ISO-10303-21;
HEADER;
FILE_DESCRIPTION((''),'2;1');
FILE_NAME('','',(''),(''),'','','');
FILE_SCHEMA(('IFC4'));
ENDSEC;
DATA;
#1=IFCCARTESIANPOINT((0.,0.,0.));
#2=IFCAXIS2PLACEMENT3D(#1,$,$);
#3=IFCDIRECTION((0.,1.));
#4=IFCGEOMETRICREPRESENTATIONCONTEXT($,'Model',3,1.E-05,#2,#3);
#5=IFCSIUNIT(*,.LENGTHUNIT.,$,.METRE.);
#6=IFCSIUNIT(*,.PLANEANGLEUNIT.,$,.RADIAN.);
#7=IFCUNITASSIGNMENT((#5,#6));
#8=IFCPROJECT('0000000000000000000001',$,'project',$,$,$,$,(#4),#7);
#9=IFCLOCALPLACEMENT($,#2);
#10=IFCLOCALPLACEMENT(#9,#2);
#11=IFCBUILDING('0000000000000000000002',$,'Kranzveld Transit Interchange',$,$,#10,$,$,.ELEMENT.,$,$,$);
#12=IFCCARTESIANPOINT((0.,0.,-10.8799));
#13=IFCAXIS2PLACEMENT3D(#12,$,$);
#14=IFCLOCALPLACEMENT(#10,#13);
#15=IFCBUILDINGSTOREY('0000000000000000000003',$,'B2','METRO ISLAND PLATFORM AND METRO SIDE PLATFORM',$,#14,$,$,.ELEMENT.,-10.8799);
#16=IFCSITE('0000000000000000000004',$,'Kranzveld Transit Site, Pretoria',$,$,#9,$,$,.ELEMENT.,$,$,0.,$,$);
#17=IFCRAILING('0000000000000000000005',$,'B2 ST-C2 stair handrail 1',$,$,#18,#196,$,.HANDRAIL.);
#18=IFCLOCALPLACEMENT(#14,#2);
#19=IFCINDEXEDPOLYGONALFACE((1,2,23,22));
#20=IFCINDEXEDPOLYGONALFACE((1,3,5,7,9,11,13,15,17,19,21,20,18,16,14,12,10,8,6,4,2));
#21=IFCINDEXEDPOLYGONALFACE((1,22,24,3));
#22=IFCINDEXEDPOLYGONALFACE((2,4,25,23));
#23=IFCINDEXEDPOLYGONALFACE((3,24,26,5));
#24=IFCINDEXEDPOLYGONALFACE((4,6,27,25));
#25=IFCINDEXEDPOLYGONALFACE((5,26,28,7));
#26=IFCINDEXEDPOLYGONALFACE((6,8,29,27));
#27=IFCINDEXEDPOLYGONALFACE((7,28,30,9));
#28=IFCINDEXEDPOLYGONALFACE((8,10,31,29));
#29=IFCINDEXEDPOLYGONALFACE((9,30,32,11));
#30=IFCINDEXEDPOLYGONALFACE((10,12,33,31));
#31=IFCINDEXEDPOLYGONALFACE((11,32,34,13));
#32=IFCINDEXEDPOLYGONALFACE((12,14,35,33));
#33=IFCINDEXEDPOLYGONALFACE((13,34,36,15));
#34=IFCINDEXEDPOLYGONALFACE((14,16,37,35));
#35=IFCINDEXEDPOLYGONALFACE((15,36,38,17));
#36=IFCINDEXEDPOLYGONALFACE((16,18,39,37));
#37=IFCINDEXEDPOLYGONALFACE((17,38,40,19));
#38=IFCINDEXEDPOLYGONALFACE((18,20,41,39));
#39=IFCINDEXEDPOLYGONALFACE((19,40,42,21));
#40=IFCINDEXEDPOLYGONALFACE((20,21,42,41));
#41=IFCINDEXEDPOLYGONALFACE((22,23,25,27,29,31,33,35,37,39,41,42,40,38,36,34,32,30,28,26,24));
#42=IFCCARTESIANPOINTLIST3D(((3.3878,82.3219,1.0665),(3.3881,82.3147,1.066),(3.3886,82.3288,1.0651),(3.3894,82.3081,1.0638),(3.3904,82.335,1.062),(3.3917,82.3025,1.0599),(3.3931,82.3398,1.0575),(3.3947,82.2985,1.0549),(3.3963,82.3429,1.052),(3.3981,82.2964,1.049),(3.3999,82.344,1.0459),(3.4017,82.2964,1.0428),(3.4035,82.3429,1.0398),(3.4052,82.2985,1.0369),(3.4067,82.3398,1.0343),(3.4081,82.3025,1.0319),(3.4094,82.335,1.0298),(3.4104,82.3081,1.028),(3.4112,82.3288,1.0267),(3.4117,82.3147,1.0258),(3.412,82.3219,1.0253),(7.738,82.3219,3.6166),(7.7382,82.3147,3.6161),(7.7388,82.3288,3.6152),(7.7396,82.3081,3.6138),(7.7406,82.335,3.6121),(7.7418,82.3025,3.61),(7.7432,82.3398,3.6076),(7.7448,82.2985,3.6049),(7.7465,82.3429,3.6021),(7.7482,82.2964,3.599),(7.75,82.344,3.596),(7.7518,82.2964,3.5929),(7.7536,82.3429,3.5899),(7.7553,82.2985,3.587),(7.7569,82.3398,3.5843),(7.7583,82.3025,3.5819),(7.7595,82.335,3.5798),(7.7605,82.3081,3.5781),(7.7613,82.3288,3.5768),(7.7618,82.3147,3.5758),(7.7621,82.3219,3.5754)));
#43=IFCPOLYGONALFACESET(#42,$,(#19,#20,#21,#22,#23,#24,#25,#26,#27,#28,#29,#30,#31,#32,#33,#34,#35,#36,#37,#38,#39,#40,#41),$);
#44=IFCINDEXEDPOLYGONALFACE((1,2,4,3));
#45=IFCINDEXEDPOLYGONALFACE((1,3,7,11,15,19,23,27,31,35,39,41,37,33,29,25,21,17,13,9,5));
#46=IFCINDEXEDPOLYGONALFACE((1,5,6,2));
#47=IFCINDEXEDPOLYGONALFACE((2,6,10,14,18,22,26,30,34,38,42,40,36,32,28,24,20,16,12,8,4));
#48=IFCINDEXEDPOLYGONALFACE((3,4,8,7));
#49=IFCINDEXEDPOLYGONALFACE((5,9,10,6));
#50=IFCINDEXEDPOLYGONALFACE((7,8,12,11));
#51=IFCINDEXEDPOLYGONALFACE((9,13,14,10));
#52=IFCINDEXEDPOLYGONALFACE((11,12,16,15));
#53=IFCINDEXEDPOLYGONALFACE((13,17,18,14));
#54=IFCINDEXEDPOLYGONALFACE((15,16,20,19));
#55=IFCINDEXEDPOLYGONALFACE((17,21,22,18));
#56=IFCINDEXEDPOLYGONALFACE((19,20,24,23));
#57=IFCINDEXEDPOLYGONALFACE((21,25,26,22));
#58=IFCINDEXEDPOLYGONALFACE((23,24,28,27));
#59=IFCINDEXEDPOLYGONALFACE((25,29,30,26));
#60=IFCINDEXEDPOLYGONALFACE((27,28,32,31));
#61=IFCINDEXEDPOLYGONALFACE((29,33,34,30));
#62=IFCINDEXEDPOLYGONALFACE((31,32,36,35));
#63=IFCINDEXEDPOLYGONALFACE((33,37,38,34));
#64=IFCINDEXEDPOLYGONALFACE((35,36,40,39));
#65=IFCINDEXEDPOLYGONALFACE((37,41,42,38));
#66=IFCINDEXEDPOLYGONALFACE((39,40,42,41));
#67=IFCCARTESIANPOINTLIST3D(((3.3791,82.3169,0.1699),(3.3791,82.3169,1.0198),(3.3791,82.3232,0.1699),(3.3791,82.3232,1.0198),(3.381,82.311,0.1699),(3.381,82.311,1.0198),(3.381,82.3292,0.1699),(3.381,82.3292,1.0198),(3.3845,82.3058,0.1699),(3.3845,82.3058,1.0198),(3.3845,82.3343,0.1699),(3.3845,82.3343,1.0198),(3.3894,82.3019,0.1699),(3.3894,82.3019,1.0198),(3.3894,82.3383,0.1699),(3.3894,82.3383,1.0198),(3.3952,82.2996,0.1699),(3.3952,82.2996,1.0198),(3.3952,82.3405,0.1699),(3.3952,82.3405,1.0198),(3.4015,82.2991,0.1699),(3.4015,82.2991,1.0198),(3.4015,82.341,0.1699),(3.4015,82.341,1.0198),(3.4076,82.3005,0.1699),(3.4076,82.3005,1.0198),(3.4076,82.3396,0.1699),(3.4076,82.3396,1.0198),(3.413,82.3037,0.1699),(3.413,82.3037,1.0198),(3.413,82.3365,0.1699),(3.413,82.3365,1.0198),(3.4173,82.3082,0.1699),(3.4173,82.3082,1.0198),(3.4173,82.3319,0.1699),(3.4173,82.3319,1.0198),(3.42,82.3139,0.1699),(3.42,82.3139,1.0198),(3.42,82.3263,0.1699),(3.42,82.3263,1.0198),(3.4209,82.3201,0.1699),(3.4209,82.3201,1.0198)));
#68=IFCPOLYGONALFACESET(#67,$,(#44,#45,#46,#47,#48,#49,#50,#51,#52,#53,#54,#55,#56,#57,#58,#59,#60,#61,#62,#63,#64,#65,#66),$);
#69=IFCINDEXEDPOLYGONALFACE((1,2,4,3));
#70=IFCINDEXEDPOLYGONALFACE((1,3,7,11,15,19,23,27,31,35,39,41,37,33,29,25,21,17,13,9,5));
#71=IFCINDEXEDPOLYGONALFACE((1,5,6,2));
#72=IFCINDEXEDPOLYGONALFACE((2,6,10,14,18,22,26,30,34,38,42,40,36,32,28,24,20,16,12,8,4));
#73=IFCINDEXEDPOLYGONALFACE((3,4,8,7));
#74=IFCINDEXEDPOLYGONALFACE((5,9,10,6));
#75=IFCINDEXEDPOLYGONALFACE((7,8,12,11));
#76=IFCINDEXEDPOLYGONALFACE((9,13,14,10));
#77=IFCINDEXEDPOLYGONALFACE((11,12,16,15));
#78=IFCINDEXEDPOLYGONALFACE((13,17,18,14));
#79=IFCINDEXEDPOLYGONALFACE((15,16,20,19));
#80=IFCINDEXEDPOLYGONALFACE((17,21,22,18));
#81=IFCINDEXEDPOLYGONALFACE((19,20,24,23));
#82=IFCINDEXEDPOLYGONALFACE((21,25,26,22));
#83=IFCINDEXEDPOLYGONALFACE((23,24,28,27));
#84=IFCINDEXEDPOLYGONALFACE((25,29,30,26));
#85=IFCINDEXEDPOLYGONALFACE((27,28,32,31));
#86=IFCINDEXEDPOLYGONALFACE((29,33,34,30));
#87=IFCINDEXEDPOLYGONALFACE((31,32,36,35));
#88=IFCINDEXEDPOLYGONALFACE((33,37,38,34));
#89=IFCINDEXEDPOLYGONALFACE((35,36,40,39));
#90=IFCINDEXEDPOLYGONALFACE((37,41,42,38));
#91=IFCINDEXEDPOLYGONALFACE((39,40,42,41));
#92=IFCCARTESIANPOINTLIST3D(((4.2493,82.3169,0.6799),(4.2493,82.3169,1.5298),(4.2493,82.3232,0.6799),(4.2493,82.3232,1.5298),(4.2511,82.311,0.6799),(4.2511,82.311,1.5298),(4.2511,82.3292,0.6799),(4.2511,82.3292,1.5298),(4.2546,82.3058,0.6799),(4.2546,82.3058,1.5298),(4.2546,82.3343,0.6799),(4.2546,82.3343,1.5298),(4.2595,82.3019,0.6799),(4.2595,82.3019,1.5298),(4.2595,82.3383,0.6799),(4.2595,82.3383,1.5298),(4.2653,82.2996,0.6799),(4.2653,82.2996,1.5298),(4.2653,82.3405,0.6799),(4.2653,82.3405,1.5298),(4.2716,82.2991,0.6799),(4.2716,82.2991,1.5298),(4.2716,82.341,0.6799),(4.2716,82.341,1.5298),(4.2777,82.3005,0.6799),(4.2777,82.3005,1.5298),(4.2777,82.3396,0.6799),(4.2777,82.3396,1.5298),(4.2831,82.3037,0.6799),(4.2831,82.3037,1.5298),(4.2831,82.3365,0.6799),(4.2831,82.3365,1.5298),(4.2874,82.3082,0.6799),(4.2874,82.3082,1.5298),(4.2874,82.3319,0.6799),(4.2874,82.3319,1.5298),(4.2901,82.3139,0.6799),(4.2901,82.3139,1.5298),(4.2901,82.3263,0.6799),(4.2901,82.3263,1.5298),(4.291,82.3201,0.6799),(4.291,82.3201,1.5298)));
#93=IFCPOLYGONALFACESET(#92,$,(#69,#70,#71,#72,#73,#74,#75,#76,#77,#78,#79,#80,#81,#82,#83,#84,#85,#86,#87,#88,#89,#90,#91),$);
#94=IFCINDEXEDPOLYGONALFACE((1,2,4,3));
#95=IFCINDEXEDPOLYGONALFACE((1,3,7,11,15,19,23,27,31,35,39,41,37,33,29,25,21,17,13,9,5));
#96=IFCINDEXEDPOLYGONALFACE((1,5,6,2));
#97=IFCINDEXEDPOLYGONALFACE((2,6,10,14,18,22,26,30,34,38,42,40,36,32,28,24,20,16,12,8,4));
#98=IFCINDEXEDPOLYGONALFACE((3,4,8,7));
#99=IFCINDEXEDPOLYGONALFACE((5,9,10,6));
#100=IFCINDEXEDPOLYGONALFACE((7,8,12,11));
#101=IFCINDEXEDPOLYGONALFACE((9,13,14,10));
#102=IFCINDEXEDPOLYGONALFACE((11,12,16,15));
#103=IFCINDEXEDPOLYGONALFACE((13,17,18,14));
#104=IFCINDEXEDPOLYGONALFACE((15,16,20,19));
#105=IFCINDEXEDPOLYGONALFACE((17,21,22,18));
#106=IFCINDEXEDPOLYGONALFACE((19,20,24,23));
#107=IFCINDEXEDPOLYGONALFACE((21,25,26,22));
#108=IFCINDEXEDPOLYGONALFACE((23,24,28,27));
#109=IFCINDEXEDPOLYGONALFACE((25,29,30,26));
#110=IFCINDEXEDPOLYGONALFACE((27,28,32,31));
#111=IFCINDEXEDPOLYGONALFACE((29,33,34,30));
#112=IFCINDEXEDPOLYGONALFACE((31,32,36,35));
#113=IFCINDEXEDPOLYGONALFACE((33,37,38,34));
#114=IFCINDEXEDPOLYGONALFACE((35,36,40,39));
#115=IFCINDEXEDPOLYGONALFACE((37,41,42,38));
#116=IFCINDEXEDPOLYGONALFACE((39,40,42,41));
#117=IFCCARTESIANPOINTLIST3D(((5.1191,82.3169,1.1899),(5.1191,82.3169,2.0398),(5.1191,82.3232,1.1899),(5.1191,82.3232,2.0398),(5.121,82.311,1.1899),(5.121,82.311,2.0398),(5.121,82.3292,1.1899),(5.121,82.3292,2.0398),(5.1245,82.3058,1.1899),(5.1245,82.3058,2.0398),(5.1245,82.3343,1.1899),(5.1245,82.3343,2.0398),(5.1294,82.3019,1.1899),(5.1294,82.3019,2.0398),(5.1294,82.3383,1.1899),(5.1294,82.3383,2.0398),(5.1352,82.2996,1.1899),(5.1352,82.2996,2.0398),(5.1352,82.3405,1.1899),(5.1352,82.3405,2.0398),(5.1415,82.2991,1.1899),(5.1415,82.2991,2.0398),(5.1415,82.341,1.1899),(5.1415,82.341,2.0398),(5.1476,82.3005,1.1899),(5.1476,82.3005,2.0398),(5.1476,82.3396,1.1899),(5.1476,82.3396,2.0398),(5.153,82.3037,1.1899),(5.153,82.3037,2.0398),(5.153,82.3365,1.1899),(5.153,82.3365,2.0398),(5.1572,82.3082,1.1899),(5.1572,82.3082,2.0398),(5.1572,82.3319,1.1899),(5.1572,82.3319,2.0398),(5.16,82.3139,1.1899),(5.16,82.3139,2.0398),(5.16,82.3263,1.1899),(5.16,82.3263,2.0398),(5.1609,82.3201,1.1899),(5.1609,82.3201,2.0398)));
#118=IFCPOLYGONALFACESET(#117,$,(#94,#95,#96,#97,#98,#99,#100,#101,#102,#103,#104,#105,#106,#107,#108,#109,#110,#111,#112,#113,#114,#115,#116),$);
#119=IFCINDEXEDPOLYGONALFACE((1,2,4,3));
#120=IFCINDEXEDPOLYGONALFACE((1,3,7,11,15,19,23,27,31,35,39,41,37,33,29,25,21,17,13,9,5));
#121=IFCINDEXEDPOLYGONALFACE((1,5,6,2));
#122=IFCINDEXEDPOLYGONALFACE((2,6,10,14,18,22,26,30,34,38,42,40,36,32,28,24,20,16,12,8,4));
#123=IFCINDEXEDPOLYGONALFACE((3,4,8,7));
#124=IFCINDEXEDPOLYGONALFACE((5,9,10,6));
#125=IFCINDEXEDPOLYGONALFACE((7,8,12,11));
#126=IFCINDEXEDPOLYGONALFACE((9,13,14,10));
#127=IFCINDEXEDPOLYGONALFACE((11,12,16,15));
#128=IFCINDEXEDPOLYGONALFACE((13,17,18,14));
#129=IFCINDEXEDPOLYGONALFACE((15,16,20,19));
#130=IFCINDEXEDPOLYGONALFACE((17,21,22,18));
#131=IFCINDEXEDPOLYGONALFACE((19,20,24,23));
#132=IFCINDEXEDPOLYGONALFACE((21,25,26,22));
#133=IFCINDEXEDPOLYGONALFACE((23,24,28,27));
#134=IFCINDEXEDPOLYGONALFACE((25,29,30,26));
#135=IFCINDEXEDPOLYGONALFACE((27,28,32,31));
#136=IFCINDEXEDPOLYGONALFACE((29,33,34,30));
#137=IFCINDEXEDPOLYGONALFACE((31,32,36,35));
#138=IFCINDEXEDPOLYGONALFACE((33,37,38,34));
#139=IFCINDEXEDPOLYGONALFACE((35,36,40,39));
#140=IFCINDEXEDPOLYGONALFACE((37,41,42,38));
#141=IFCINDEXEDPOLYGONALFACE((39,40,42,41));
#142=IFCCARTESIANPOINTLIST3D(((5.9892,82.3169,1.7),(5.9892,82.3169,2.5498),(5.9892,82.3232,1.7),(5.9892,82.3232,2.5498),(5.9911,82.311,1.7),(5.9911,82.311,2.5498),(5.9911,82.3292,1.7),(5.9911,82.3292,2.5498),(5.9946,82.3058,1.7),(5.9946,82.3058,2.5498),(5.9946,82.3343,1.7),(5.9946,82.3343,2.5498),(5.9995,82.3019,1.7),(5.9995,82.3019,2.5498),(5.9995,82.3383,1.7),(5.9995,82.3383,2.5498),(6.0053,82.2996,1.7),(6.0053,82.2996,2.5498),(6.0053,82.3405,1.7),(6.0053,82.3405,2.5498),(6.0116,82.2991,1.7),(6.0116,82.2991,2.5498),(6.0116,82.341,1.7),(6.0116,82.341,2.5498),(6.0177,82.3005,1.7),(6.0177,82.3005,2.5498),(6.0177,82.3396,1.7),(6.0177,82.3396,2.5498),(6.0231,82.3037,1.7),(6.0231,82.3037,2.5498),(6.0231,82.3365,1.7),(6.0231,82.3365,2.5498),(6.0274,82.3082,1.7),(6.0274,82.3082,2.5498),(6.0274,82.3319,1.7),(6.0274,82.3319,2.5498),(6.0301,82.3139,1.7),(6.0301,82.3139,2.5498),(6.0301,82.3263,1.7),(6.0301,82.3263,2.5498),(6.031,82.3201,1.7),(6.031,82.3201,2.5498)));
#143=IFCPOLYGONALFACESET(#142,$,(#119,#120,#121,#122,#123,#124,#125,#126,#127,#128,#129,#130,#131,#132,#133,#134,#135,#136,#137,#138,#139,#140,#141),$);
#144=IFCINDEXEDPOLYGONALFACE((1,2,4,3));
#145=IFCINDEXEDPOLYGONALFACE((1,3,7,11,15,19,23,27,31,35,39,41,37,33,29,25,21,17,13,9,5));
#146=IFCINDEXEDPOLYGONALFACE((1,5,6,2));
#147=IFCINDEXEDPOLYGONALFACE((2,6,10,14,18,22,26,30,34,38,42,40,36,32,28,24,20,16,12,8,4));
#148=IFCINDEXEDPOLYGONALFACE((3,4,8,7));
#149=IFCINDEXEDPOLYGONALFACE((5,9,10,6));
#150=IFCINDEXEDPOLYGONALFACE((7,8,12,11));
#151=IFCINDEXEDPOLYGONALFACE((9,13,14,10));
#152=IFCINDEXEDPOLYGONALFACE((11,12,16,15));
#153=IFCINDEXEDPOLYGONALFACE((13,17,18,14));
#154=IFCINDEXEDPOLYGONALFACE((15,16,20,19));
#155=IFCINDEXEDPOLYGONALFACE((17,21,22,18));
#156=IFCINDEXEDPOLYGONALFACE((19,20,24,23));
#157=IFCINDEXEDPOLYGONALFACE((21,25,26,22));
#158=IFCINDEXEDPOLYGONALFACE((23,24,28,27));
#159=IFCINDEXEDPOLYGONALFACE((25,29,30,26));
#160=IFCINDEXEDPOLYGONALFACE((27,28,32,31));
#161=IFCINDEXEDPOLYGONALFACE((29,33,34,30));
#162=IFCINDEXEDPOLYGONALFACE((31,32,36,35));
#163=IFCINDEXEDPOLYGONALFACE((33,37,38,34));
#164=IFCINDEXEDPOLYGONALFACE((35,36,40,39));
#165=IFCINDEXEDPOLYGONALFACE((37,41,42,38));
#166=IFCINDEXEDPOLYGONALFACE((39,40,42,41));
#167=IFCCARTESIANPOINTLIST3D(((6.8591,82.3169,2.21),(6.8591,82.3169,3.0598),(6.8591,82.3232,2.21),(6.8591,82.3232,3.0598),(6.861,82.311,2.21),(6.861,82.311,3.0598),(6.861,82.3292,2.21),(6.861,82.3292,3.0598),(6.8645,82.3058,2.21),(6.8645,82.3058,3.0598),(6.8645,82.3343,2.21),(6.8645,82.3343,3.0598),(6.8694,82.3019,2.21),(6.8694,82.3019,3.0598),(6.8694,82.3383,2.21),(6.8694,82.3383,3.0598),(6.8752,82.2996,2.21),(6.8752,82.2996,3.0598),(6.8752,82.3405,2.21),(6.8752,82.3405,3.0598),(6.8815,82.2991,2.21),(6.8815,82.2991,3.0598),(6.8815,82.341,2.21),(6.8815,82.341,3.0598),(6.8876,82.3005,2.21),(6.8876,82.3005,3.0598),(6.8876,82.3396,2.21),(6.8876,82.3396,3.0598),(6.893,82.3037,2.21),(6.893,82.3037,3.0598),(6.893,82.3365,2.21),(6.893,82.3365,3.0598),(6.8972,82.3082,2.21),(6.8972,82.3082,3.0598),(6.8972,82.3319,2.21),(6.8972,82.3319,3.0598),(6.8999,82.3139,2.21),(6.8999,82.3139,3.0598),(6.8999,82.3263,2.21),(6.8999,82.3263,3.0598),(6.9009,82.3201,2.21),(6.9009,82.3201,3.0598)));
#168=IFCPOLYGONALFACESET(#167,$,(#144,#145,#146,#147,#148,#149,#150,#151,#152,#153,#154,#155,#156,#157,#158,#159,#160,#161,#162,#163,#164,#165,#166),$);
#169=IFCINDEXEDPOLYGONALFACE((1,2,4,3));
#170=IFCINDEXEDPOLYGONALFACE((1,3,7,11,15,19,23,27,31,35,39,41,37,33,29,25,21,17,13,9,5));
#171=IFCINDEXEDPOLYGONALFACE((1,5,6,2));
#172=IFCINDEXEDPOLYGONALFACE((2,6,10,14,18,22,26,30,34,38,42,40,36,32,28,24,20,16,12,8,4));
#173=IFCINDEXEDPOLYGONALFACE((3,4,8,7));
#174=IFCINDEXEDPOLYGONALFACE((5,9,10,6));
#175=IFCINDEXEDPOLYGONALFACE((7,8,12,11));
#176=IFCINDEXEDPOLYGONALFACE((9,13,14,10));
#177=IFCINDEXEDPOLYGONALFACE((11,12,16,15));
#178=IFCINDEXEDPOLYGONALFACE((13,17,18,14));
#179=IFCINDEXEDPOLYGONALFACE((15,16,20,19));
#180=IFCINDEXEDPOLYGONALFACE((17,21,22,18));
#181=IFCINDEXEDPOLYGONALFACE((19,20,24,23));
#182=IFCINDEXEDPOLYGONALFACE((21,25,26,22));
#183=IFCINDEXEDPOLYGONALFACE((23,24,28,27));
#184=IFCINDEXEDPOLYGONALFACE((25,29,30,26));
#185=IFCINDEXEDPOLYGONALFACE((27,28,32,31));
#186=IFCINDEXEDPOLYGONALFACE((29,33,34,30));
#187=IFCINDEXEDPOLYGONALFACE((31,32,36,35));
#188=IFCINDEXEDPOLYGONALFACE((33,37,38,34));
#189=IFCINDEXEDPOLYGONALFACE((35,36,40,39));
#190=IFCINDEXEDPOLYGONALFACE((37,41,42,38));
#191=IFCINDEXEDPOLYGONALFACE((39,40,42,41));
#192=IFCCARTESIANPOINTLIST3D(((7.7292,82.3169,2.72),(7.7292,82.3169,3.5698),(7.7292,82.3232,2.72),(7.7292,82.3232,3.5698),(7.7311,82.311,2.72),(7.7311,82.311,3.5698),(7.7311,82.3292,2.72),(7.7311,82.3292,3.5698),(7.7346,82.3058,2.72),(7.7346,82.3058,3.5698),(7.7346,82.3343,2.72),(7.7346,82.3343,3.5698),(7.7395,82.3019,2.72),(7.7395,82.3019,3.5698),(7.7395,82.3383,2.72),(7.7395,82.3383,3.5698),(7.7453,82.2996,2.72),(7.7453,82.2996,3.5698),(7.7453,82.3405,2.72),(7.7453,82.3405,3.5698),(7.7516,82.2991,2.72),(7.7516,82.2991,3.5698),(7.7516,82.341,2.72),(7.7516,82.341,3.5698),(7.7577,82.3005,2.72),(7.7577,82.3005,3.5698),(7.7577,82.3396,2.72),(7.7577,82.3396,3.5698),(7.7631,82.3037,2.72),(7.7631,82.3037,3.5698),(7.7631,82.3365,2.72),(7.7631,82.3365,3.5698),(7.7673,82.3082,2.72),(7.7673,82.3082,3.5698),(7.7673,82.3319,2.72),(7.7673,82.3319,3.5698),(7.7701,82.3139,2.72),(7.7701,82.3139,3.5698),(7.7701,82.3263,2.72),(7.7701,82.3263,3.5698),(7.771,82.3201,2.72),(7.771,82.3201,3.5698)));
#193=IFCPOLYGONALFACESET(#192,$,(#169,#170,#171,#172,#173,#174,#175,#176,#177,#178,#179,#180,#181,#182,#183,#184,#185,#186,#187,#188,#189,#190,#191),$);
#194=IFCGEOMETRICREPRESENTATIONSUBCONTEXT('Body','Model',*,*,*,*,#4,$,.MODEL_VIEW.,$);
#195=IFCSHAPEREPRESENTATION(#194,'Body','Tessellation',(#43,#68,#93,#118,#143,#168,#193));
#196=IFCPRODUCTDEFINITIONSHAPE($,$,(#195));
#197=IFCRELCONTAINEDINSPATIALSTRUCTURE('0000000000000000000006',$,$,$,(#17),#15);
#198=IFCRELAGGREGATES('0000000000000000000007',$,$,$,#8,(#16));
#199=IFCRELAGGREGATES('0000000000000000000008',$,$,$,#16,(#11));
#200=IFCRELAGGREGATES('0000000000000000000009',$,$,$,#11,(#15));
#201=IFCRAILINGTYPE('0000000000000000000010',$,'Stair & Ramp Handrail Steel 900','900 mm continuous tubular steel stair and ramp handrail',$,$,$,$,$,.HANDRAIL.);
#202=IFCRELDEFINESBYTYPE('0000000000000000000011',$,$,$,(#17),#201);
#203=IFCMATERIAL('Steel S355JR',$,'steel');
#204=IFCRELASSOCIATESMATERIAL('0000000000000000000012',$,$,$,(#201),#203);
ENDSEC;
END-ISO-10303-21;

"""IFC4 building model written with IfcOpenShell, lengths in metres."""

from ifc_helpers import new_model, si_unit, direction, frame, origin, origin_2d, place, context, subcontext, project, spatial, circle, extrude, material, type_object, element, save


model = new_model("IFC4")

# Units and contexts
model_context = context("Model", 3, precision=1e-05, world=origin(), true_north=direction((0.0, 1.0)))
body_context = subcontext(model_context, "Body", "Model", "MODEL_VIEW")
ifc_project = project(units=[si_unit("LENGTHUNIT", "METRE"), si_unit("PLANEANGLEUNIT", "RADIAN")], contexts=[model_context])

# Site, building, storey
site_placement = place(None, origin())
site = spatial("IfcSite", under=ifc_project, at=site_placement, Name="Kranzveld Transit Site, Pretoria", CompositionType="ELEMENT", RefElevation=0.0)
building_placement = place(site_placement, origin())
building = spatial("IfcBuilding", under=site, at=building_placement, Name="Kranzveld Transit Interchange", CompositionType="ELEMENT")
storey_placement = place(building_placement, frame((0.0, 0.0, -10.8799)))
storey = spatial("IfcBuildingStorey", under=building, at=storey_placement, Name="B2", Description="METRO ISLAND PLATFORM AND METRO SIDE PLATFORM", CompositionType="ELEMENT", Elevation=-10.8799)

# Railing
ifc_material_1 = material(Name="Steel S355JR", Category="steel")
railing_type_1 = type_object("IfcRailingType", Name="Stair & Ramp Handrail Steel 900", Description="900 mm continuous tubular steel stair and ramp handrail", PredefinedType="HANDRAIL", material=ifc_material_1)
railing_1_placement = place(storey_placement, frame((3.3999, 82.3201, 0.1699)))
element("IfcRailing", 1, at=railing_1_placement, inside=storey, type_object=railing_type_1, Name="B2 ST-C2 stair handrail 1", PredefinedType="HANDRAIL", context=body_context, shape_type="SweptSolid", body=[
    extrude(circle(Radius=0.0239, at=origin_2d()), frame((0.0, 0.0, 0.876), z_axis=(0.862699, 0.0, 0.505718), x_axis=(0.0, 1.0, 0.0)), (0.0, 0.0, 1.0), 5.0425),
    extrude(circle(Radius=0.021, at=origin_2d()), origin(), (0.0, 0.0, 1.0), 0.8499),
    extrude(circle(Radius=0.021, at=origin_2d()), frame((0.8701, 0.0, 0.51)), (0.0, 0.0, 1.0), 0.8499),
    extrude(circle(Radius=0.021, at=origin_2d()), frame((1.74, 0.0, 1.02)), (0.0, 0.0, 1.0), 0.8499),
    extrude(circle(Radius=0.021, at=origin_2d()), frame((2.6101, 0.0, 1.53)), (0.0, 0.0, 1.0), 0.8499),
    extrude(circle(Radius=0.021, at=origin_2d()), frame((3.48, 0.0, 2.04)), (0.0, 0.0, 1.0), 0.8499),
    extrude(circle(Radius=0.021, at=origin_2d()), frame((4.3501, 0.0, 2.55)), (0.0, 0.0, 1.0), 0.8499),
])

save(model, "model.ifc")
